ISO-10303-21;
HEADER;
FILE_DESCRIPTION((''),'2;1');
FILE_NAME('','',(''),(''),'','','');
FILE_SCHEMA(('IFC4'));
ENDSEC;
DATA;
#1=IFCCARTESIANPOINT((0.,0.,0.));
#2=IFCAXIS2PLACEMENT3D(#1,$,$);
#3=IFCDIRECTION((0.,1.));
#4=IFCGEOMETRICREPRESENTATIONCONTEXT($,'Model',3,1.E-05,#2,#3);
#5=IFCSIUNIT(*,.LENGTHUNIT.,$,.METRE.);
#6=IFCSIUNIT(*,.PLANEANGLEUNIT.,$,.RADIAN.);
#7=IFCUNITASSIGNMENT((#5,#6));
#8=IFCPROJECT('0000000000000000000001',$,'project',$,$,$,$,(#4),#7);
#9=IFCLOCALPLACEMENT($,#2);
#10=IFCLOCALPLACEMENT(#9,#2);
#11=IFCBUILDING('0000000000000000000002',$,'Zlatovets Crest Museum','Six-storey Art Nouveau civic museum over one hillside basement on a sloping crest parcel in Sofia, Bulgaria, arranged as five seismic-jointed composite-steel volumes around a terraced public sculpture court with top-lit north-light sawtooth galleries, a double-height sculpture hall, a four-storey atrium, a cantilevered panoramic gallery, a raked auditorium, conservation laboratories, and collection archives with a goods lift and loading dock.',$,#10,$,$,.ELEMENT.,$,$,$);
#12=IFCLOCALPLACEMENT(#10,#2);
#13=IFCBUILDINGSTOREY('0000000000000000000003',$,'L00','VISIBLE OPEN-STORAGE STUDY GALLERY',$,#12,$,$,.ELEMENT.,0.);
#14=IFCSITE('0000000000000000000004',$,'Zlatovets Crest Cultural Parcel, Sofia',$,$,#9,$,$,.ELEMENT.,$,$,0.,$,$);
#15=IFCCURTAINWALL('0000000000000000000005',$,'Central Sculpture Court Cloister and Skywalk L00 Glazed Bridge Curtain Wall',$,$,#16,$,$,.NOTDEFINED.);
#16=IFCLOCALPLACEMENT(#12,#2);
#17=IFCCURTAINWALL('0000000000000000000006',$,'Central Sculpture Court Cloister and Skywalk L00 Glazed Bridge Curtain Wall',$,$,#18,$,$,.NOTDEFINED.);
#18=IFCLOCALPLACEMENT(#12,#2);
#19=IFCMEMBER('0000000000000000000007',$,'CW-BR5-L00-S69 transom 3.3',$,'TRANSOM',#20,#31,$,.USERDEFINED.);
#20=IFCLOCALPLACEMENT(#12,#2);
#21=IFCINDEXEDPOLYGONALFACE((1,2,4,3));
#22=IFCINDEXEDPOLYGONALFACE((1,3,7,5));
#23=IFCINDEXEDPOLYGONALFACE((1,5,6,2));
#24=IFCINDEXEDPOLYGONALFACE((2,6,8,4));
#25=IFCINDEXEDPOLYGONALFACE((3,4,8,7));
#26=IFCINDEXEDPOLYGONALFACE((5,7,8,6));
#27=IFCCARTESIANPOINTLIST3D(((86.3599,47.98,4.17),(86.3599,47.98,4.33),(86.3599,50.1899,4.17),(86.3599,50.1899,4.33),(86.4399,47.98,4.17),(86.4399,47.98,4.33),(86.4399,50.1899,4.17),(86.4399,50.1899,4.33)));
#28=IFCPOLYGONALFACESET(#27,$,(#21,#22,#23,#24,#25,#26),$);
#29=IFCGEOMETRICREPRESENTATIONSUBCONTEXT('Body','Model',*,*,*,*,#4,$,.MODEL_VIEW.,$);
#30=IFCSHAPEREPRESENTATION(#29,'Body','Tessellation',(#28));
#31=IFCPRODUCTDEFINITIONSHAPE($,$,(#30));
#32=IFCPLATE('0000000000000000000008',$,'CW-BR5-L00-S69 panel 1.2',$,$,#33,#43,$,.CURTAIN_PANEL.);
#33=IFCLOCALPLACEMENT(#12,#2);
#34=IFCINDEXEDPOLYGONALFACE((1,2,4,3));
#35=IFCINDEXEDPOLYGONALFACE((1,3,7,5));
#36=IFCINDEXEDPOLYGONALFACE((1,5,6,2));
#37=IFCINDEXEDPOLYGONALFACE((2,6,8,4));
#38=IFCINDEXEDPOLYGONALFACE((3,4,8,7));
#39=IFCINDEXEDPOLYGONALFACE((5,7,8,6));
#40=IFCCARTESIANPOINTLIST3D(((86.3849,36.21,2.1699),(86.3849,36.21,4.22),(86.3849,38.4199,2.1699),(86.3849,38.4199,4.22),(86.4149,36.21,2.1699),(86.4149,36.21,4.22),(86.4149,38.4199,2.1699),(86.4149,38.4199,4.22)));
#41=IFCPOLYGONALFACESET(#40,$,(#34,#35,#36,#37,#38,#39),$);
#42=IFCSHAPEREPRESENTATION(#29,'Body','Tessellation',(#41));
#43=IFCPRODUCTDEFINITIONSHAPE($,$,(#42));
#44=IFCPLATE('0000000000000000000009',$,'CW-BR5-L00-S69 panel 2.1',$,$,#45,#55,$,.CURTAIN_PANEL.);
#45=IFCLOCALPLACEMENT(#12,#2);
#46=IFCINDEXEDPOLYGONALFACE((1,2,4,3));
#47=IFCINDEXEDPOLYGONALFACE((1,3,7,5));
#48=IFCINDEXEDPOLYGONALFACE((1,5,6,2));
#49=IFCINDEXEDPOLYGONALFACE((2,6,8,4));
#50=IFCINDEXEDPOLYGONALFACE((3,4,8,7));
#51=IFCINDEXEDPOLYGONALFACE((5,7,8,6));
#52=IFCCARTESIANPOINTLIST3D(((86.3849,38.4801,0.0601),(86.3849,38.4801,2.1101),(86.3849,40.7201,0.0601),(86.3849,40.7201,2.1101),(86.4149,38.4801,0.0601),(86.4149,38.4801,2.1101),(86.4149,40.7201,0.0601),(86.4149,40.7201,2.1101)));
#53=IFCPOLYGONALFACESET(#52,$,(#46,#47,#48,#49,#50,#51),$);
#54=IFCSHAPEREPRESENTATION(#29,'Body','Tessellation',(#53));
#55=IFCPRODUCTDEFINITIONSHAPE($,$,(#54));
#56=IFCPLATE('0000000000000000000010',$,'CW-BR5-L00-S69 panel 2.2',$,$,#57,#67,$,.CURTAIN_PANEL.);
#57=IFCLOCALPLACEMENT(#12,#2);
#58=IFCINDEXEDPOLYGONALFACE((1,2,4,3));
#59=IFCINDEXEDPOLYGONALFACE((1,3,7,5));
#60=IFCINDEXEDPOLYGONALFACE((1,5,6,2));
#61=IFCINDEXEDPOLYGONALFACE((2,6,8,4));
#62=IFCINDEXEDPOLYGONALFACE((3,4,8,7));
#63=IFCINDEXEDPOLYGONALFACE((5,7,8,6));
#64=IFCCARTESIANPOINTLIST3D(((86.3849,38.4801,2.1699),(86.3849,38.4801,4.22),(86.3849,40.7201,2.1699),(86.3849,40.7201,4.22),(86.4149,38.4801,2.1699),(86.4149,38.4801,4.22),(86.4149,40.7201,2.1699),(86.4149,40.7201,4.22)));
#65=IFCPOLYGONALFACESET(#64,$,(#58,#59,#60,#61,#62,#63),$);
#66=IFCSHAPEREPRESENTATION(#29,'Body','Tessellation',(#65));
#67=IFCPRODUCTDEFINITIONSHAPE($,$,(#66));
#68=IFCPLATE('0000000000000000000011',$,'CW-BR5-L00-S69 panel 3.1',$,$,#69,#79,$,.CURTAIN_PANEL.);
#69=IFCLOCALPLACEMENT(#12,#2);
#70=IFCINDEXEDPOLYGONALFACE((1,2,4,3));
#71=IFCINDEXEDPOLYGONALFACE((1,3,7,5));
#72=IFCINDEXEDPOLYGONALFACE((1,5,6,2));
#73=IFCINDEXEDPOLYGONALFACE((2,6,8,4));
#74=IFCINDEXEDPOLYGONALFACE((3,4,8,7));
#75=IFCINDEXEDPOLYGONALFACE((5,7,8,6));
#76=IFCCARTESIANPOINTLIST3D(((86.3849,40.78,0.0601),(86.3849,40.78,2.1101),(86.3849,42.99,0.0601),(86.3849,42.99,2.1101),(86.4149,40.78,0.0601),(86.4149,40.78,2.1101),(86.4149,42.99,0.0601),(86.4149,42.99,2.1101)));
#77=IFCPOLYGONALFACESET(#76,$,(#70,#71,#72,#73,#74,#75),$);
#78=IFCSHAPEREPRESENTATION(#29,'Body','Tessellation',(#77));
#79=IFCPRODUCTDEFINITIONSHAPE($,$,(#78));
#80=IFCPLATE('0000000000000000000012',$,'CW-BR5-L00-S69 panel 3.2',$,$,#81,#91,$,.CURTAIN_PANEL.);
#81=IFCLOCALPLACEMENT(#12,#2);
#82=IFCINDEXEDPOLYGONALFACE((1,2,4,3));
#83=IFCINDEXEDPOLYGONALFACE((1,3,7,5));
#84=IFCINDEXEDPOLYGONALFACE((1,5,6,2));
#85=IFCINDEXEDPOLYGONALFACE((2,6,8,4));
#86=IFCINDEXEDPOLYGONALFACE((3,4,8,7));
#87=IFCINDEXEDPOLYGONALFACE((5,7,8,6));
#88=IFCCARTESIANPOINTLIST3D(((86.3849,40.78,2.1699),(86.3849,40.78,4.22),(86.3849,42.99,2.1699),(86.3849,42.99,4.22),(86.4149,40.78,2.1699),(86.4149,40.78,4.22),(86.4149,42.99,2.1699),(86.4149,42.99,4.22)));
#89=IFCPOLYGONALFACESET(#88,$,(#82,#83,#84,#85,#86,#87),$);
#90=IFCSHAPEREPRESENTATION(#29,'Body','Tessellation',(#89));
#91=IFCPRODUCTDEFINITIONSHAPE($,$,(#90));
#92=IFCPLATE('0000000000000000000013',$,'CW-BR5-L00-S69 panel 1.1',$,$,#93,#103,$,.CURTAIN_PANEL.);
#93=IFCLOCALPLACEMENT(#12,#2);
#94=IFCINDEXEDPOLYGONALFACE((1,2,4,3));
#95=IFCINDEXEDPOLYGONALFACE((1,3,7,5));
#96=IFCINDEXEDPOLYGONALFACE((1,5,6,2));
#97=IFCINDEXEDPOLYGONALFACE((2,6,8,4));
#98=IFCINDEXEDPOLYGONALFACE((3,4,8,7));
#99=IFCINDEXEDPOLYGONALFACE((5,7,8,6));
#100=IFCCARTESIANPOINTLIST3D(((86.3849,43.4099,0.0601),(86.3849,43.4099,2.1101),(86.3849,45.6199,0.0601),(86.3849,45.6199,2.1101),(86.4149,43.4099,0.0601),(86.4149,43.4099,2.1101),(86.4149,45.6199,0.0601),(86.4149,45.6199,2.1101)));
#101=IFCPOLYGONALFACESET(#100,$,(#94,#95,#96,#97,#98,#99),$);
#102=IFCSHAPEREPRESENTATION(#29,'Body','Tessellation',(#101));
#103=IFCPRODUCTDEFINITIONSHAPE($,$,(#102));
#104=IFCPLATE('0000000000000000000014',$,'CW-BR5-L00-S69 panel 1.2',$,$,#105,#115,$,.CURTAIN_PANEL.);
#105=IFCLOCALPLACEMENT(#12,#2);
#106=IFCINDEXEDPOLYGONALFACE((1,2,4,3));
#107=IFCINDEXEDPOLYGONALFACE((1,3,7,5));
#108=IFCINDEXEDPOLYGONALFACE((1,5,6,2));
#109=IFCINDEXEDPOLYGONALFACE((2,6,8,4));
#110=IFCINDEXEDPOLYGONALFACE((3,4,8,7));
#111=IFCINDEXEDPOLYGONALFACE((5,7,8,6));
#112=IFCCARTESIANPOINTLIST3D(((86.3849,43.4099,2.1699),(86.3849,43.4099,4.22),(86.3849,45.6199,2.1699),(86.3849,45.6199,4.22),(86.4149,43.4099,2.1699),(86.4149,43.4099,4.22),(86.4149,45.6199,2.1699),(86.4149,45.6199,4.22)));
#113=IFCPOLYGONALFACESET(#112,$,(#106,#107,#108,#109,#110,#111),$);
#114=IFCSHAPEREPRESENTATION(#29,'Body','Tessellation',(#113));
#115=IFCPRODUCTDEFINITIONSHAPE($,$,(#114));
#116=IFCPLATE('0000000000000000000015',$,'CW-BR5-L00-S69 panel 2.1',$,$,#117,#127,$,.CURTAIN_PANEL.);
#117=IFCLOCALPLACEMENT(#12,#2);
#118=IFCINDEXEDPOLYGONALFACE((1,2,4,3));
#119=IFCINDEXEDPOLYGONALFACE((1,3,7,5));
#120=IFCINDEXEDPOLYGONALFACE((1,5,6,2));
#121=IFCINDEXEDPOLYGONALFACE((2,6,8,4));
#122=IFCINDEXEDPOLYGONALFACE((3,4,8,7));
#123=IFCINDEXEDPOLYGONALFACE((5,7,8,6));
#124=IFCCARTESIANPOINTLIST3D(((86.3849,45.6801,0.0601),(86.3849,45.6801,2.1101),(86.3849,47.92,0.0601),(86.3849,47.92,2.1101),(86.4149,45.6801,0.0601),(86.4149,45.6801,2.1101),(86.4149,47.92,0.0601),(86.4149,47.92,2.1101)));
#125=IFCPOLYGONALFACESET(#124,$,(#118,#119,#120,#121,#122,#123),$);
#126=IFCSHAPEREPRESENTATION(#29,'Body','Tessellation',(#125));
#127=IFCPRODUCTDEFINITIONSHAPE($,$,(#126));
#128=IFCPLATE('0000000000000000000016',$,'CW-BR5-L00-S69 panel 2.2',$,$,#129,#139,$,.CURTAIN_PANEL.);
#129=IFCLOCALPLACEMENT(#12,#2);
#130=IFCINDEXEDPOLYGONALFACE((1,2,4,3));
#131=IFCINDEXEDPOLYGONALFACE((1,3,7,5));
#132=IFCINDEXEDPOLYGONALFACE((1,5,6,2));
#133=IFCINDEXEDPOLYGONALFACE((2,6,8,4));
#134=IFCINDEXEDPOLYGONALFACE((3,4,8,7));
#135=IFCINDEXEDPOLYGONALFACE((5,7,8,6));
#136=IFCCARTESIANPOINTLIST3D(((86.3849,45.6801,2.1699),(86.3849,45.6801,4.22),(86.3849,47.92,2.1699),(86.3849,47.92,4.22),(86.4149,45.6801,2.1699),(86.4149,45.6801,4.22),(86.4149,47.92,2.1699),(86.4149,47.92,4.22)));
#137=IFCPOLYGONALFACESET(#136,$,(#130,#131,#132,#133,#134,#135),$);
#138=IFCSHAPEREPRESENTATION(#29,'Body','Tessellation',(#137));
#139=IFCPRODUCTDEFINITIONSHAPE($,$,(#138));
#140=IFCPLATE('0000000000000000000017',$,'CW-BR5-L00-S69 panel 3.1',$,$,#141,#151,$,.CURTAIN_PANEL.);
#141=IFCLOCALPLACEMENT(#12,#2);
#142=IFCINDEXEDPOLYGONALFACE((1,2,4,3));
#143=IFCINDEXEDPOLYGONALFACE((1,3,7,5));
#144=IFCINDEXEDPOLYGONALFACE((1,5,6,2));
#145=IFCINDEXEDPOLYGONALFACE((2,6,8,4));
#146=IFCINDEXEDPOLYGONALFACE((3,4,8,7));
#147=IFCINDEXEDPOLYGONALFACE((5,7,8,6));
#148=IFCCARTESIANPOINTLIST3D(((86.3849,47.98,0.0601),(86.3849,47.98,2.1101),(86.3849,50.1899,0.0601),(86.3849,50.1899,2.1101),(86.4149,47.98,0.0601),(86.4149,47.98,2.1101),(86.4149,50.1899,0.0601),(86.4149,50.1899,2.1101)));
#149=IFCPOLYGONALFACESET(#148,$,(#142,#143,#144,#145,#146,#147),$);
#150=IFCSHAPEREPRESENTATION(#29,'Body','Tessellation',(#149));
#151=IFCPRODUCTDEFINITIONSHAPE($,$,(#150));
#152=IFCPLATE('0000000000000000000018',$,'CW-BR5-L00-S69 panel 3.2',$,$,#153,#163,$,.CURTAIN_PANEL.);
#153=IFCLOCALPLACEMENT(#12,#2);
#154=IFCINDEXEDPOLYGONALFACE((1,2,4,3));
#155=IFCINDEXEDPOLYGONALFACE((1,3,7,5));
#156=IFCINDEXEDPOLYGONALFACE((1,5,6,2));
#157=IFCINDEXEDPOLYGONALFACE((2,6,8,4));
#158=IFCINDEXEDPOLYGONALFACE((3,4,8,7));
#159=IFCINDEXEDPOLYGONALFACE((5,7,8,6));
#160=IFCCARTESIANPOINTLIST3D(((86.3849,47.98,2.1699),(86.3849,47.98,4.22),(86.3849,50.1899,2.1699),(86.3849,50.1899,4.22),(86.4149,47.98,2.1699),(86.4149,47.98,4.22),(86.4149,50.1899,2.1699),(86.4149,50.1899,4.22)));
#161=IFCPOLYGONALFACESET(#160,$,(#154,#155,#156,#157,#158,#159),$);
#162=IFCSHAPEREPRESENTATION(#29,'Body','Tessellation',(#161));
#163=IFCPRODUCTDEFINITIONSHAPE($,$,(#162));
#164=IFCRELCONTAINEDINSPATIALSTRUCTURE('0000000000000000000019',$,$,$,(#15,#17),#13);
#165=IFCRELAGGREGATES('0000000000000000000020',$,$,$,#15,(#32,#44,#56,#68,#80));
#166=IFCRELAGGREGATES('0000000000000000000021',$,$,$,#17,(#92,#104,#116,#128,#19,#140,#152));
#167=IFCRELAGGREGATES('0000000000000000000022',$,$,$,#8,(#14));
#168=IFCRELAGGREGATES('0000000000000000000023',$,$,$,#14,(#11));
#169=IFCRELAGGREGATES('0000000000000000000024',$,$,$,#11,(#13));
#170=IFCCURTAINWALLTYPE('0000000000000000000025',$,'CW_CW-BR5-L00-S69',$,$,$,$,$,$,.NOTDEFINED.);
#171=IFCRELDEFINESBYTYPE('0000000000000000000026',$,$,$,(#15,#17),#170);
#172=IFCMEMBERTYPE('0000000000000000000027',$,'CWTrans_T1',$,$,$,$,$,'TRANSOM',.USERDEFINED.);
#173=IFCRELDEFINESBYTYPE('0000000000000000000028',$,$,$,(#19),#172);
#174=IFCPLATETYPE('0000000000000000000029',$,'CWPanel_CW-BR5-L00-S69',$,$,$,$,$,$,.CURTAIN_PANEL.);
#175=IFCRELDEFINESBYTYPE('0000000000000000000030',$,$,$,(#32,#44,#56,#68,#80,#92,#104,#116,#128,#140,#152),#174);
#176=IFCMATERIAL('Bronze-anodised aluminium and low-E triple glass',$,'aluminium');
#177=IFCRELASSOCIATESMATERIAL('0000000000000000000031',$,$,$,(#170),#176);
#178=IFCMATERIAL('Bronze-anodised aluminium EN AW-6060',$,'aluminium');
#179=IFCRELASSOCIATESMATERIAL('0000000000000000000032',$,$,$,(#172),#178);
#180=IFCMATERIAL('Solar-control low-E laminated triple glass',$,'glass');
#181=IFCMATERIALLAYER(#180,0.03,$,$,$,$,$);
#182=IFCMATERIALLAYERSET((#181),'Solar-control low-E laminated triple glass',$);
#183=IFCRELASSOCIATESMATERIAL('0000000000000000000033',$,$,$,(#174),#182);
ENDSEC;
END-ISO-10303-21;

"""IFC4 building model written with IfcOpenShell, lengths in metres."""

from ifc_helpers import new_model, si_unit, direction, frame, origin, origin_2d, place, context, subcontext, project, spatial, rectangle, extrude, material, layer, layer_set, material_profile, profile_set, type_object, element, aggregate, save


model = new_model("IFC4")

# Units and contexts
model_context = context("Model", 3, precision=1e-05, world=origin(), true_north=direction((0.0, 1.0)))
body_context = subcontext(model_context, "Body", "Model", "MODEL_VIEW")
ifc_project = project(units=[si_unit("LENGTHUNIT", "METRE"), si_unit("PLANEANGLEUNIT", "RADIAN")], contexts=[model_context])

# Site, building, storey
site_placement = place(None, origin())
site = spatial("IfcSite", under=ifc_project, at=site_placement, Name="Zlatovets Crest Cultural Parcel, Sofia", CompositionType="ELEMENT", RefElevation=0.0)
building_placement = place(site_placement, origin())
building = spatial("IfcBuilding", under=site, at=building_placement, Name="Zlatovets Crest Museum", Description="Six-storey Art Nouveau civic museum over one hillside basement on a sloping crest parcel in Sofia, Bulgaria, arranged as five seismic-jointed composite-steel volumes around a terraced public sculpture court with top-lit north-light sawtooth galleries, a double-height sculpture hall, a four-storey atrium, a cantilevered panoramic gallery, a raked auditorium, conservation laboratories, and collection archives with a goods lift and loading dock.", CompositionType="ELEMENT")
storey_placement = place(building_placement, origin())
storey = spatial("IfcBuildingStorey", under=building, at=storey_placement, Name="L00", Description="VISIBLE OPEN-STORAGE STUDY GALLERY", CompositionType="ELEMENT", Elevation=0.0)

# Curtain walls
ifc_material_1 = material(Name="Bronze-anodised aluminium and low-E triple glass", Category="aluminium")
curtain_wall_type = type_object("IfcCurtainWallType", Name="CW_CW-BR5-L00-S69", PredefinedType="NOTDEFINED", material=ifc_material_1)
curtain_wall_1_placement = place(storey_placement, origin())
curtain_wall_1 = element("IfcCurtainWall", 1, at=curtain_wall_1_placement, inside=storey, type_object=curtain_wall_type, Name="Central Sculpture Court Cloister and Skywalk L00 Glazed Bridge Curtain Wall", PredefinedType="NOTDEFINED")
ifc_material_2 = material(Name="Bronze-anodised aluminium EN AW-6060", Category="aluminium")
curtain_wall_2_placement = place(storey_placement, origin())
curtain_wall_2 = element("IfcCurtainWall", 2, at=curtain_wall_2_placement, inside=storey, type_object=curtain_wall_type, Name="Central Sculpture Court Cloister and Skywalk L00 Glazed Bridge Curtain Wall", PredefinedType="NOTDEFINED")

# Member
ifc_material_profile_1 = material_profile(ifc_material_2, rectangle(XDim=0.0801, YDim=0.1599, at=origin_2d()), Name="ALU 80x160")
ifc_profile_set_1 = profile_set([ifc_material_profile_1], Name="Bronze-anodised aluminium EN AW-6060")
member_type_1 = type_object("IfcMemberType", Name="CWTrans_T1", ElementType="TRANSOM", PredefinedType="USERDEFINED", material=ifc_profile_set_1)
member_1_placement = place(storey_placement, frame((86.3999, 47.98, 4.25), z_axis=(0.0, 1.0, 0.0), x_axis=(-1.0, 0.0, 0.0)))
member_1 = element("IfcMember", 3, at=member_1_placement, type_object=member_type_1, Name="CW-BR5-L00-S69 transom 3.3", ObjectType="TRANSOM", PredefinedType="USERDEFINED", context=body_context, shape_type="SweptSolid", body=[
    extrude(rectangle(XDim=0.0801, YDim=0.1599, at=origin_2d()), origin(), (0.0, 0.0, 1.0), 2.21),
])

# Plates
ifc_material_3 = material(Name="Solar-control low-E laminated triple glass", Category="glass")
ifc_layer = layer(ifc_material_3, 0.03)
ifc_layer_set = layer_set([ifc_layer], Name="Solar-control low-E laminated triple glass")
plate_type = type_object("IfcPlateType", Name="CWPanel_CW-BR5-L00-S69", PredefinedType="CURTAIN_PANEL", material=ifc_layer_set)
plate_1_placement = place(storey_placement, frame((86.3999, 37.3149, 2.1699), z_axis=(0.0, 0.0, 1.0), x_axis=(0.0, 1.0, 0.0)))
plate_1 = element("IfcPlate", 4, at=plate_1_placement, type_object=plate_type, Name="CW-BR5-L00-S69 panel 1.2", PredefinedType="CURTAIN_PANEL", context=body_context, shape_type="SweptSolid", body=[
    extrude(rectangle(XDim=2.21, YDim=0.03, at=origin_2d()), origin(), (0.0, 0.0, 1.0), 2.05),
])
plate_2_placement = place(storey_placement, frame((86.3999, 39.6001, 0.0601), z_axis=(0.0, 0.0, 1.0), x_axis=(0.0, 1.0, 0.0)))
plate_2 = element("IfcPlate", 5, at=plate_2_placement, type_object=plate_type, Name="CW-BR5-L00-S69 panel 2.1", PredefinedType="CURTAIN_PANEL", context=body_context, shape_type="SweptSolid", body=[
    extrude(rectangle(XDim=2.24, YDim=0.03, at=origin_2d()), origin(), (0.0, 0.0, 1.0), 2.05),
])
plate_3_placement = place(storey_placement, frame((86.3999, 39.6001, 2.1699), z_axis=(0.0, 0.0, 1.0), x_axis=(0.0, 1.0, 0.0)))
plate_3 = element("IfcPlate", 6, at=plate_3_placement, type_object=plate_type, Name="CW-BR5-L00-S69 panel 2.2", PredefinedType="CURTAIN_PANEL", context=body_context, shape_type="SweptSolid", body=[
    extrude(rectangle(XDim=2.24, YDim=0.03, at=origin_2d()), origin(), (0.0, 0.0, 1.0), 2.05),
])
plate_4_placement = place(storey_placement, frame((86.3999, 41.885, 0.0601), z_axis=(0.0, 0.0, 1.0), x_axis=(0.0, 1.0, 0.0)))
plate_4 = element("IfcPlate", 7, at=plate_4_placement, type_object=plate_type, Name="CW-BR5-L00-S69 panel 3.1", PredefinedType="CURTAIN_PANEL", context=body_context, shape_type="SweptSolid", body=[
    extrude(rectangle(XDim=2.21, YDim=0.03, at=origin_2d()), origin(), (0.0, 0.0, 1.0), 2.05),
])
plate_5_placement = place(storey_placement, frame((86.3999, 41.885, 2.1699), z_axis=(0.0, 0.0, 1.0), x_axis=(0.0, 1.0, 0.0)))
plate_5 = element("IfcPlate", 8, at=plate_5_placement, type_object=plate_type, Name="CW-BR5-L00-S69 panel 3.2", PredefinedType="CURTAIN_PANEL", context=body_context, shape_type="SweptSolid", body=[
    extrude(rectangle(XDim=2.21, YDim=0.03, at=origin_2d()), origin(), (0.0, 0.0, 1.0), 2.05),
])
aggregate(curtain_wall_1, [plate_1, plate_2, plate_3, plate_4, plate_5])
plate_6_placement = place(storey_placement, frame((86.3999, 44.5149, 0.0601), z_axis=(0.0, 0.0, 1.0), x_axis=(0.0, 1.0, 0.0)))
plate_6 = element("IfcPlate", 9, at=plate_6_placement, type_object=plate_type, Name="CW-BR5-L00-S69 panel 1.1", PredefinedType="CURTAIN_PANEL", context=body_context, shape_type="SweptSolid", body=[
    extrude(rectangle(XDim=2.21, YDim=0.03, at=origin_2d()), origin(), (0.0, 0.0, 1.0), 2.05),
])
plate_7_placement = place(storey_placement, frame((86.3999, 44.5149, 2.1699), z_axis=(0.0, 0.0, 1.0), x_axis=(0.0, 1.0, 0.0)))
plate_7 = element("IfcPlate", 10, at=plate_7_placement, type_object=plate_type, Name="CW-BR5-L00-S69 panel 1.2", PredefinedType="CURTAIN_PANEL", context=body_context, shape_type="SweptSolid", body=[
    extrude(rectangle(XDim=2.21, YDim=0.03, at=origin_2d()), origin(), (0.0, 0.0, 1.0), 2.05),
])
plate_8_placement = place(storey_placement, frame((86.3999, 46.8, 0.0601), z_axis=(0.0, 0.0, 1.0), x_axis=(0.0, 1.0, 0.0)))
plate_8 = element("IfcPlate", 11, at=plate_8_placement, type_object=plate_type, Name="CW-BR5-L00-S69 panel 2.1", PredefinedType="CURTAIN_PANEL", context=body_context, shape_type="SweptSolid", body=[
    extrude(rectangle(XDim=2.24, YDim=0.03, at=origin_2d()), origin(), (0.0, 0.0, 1.0), 2.05),
])
plate_9_placement = place(storey_placement, frame((86.3999, 46.8, 2.1699), z_axis=(0.0, 0.0, 1.0), x_axis=(0.0, 1.0, 0.0)))
plate_9 = element("IfcPlate", 12, at=plate_9_placement, type_object=plate_type, Name="CW-BR5-L00-S69 panel 2.2", PredefinedType="CURTAIN_PANEL", context=body_context, shape_type="SweptSolid", body=[
    extrude(rectangle(XDim=2.24, YDim=0.03, at=origin_2d()), origin(), (0.0, 0.0, 1.0), 2.05),
])
plate_10_placement = place(storey_placement, frame((86.3999, 49.085, 0.0601), z_axis=(0.0, 0.0, 1.0), x_axis=(0.0, 1.0, 0.0)))
plate_10 = element("IfcPlate", 13, at=plate_10_placement, type_object=plate_type, Name="CW-BR5-L00-S69 panel 3.1", PredefinedType="CURTAIN_PANEL", context=body_context, shape_type="SweptSolid", body=[
    extrude(rectangle(XDim=2.21, YDim=0.03, at=origin_2d()), origin(), (0.0, 0.0, 1.0), 2.05),
])
plate_11_placement = place(storey_placement, frame((86.3999, 49.085, 2.1699), z_axis=(0.0, 0.0, 1.0), x_axis=(0.0, 1.0, 0.0)))
plate_11 = element("IfcPlate", 14, at=plate_11_placement, type_object=plate_type, Name="CW-BR5-L00-S69 panel 3.2", PredefinedType="CURTAIN_PANEL", context=body_context, shape_type="SweptSolid", body=[
    extrude(rectangle(XDim=2.21, YDim=0.03, at=origin_2d()), origin(), (0.0, 0.0, 1.0), 2.05),
])
aggregate(curtain_wall_2, [plate_6, plate_7, plate_8, plate_9, member_1, plate_10, plate_11])

save(model, "model.ifc")
